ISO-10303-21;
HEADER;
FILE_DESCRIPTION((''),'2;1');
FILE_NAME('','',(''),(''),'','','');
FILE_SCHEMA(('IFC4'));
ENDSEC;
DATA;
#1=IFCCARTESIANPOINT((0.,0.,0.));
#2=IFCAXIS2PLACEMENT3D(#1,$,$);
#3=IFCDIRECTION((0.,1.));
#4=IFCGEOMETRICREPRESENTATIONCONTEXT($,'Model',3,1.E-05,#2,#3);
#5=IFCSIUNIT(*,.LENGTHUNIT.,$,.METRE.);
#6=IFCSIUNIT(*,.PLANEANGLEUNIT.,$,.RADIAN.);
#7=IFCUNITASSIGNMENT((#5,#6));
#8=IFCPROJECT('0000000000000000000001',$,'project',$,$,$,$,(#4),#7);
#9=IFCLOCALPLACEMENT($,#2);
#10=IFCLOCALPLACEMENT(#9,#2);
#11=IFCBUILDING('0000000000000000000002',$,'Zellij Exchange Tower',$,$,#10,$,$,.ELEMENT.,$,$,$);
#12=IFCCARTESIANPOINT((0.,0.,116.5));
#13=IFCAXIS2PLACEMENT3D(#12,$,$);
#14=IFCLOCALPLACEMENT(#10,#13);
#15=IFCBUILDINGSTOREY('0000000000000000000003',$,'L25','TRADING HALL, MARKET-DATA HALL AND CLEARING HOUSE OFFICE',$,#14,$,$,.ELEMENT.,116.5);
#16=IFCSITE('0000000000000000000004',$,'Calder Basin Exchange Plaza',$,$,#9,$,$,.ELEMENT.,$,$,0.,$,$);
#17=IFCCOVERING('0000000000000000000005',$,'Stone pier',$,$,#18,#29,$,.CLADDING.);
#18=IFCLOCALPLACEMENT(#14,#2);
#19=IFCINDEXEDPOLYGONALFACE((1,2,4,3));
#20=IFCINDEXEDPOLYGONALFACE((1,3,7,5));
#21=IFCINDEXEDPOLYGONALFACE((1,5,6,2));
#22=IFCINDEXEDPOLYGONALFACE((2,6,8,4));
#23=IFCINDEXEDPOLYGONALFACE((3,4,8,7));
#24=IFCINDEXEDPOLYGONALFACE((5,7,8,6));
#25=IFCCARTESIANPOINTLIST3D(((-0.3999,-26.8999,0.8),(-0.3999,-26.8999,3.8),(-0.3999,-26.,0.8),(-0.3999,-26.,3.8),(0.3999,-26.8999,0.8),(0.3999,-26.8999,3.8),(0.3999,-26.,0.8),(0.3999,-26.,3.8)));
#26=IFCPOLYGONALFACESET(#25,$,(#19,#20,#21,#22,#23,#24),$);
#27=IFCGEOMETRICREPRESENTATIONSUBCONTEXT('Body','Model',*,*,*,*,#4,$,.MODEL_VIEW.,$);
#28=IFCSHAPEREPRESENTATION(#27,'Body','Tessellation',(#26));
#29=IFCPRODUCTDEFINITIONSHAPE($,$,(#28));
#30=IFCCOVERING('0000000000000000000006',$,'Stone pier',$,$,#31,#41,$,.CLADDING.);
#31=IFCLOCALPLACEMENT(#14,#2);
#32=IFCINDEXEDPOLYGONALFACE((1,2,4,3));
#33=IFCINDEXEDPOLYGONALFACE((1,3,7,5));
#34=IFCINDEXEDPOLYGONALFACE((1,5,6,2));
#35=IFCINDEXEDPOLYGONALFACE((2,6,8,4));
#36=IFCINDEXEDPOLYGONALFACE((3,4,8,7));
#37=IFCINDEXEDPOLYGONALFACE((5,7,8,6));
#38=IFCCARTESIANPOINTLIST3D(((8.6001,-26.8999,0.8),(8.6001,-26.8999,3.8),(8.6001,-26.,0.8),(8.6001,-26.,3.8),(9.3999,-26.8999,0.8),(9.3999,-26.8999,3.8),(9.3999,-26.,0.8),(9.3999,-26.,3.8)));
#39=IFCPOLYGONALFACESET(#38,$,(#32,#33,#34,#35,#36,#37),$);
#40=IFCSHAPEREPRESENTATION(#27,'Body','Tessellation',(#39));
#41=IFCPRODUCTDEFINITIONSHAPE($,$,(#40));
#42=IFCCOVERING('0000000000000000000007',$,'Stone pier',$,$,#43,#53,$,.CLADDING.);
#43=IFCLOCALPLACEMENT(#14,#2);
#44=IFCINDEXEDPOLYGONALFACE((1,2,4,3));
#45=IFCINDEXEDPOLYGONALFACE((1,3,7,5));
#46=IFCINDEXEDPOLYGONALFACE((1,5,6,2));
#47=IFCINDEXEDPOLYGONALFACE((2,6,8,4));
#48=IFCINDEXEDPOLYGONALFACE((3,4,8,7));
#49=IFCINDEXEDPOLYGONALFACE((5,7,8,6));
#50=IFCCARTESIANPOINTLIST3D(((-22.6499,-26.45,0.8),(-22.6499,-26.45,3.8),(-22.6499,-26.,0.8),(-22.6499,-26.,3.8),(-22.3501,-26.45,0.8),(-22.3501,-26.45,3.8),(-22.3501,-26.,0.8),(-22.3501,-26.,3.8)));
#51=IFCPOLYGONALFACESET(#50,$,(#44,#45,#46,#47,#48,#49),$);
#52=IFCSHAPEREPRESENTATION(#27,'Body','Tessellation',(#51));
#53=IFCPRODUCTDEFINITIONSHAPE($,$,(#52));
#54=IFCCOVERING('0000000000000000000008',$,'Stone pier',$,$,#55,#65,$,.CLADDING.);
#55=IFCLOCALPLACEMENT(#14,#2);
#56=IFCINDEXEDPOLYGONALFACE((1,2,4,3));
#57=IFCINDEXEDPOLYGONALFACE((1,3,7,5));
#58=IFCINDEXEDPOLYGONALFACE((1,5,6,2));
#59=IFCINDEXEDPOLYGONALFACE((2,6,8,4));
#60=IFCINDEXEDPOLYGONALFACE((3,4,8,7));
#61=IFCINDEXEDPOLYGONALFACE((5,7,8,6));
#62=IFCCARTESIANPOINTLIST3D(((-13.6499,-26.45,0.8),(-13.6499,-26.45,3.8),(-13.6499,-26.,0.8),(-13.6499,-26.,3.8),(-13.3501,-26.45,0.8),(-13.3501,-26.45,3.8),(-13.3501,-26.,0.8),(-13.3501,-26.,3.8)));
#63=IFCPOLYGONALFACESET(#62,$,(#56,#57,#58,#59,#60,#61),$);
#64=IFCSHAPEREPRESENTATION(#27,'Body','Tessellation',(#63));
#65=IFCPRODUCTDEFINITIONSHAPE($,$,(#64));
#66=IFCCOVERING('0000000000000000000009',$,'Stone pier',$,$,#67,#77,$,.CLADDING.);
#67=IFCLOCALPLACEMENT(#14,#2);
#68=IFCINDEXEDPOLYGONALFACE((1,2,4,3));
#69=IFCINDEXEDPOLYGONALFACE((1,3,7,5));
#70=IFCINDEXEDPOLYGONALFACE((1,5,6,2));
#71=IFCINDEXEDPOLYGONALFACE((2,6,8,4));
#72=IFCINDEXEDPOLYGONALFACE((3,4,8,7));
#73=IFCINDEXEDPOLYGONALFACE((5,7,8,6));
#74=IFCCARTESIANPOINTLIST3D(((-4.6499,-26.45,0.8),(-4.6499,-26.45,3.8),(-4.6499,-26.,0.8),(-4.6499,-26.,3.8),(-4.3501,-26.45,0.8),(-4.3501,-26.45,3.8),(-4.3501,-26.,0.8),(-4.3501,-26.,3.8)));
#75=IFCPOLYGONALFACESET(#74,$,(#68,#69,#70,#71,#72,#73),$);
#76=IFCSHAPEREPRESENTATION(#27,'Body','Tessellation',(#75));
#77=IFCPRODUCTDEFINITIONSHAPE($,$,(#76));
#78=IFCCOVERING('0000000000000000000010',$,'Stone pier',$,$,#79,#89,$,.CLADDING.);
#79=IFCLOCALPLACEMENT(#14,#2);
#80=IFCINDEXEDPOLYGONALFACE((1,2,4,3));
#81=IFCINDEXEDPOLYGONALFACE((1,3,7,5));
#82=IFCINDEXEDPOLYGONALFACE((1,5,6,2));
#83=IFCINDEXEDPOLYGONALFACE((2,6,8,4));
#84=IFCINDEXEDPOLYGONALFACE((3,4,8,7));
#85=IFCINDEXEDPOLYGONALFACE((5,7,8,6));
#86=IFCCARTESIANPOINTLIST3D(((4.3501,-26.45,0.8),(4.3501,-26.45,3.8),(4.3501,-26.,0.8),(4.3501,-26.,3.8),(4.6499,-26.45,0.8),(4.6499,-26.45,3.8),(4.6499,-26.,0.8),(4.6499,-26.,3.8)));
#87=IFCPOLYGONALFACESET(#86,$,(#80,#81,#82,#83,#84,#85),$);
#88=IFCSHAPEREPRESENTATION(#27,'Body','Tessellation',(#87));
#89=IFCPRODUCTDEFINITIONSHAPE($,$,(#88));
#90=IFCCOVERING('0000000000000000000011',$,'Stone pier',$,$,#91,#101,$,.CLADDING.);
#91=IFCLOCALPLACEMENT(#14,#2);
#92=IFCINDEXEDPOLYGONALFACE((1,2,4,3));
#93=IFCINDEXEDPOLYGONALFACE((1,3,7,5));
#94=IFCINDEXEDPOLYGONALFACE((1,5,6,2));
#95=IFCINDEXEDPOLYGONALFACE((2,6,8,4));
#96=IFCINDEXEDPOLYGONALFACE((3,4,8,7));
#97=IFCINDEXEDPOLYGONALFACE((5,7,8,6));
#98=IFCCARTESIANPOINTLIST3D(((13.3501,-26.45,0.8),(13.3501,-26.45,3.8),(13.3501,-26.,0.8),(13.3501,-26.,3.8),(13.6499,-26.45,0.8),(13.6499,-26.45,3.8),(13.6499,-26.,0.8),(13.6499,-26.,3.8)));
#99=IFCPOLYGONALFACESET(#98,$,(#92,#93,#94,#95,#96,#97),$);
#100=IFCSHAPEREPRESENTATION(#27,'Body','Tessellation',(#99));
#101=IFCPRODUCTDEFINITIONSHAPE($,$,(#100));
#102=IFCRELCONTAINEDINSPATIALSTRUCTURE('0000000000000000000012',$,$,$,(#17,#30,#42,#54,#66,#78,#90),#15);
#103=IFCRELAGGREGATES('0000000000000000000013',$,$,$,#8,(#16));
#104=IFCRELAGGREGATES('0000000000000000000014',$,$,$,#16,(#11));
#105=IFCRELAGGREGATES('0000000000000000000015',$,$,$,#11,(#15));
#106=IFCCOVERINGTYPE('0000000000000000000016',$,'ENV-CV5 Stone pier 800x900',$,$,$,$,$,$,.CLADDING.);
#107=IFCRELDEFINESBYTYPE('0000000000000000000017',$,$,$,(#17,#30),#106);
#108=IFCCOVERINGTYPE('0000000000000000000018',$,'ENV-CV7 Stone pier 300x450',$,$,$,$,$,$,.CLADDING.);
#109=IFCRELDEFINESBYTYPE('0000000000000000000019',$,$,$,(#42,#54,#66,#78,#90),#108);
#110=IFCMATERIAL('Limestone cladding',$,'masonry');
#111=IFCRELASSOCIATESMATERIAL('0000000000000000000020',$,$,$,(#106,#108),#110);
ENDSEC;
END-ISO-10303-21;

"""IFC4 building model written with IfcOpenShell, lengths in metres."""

from ifc_helpers import new_model, si_unit, direction, frame, origin, place, context, subcontext, project, spatial, polyline, outline, extrude, material, type_object, element, save


model = new_model("IFC4")

# Units and contexts
model_context = context("Model", 3, precision=1e-05, world=origin(), true_north=direction((0.0, 1.0)))
body_context = subcontext(model_context, "Body", "Model", "MODEL_VIEW")
ifc_project = project(units=[si_unit("LENGTHUNIT", "METRE"), si_unit("PLANEANGLEUNIT", "RADIAN")], contexts=[model_context])

# Site, building, storey
site_placement = place(None, origin())
site = spatial("IfcSite", under=ifc_project, at=site_placement, Name="Calder Basin Exchange Plaza", CompositionType="ELEMENT", RefElevation=0.0)
building_placement = place(site_placement, origin())
building = spatial("IfcBuilding", under=site, at=building_placement, Name="Zellij Exchange Tower", CompositionType="ELEMENT")
storey_placement = place(building_placement, frame((0.0, 0.0, 116.5)))
storey = spatial("IfcBuildingStorey", under=building, at=storey_placement, Name="L25", Description="TRADING HALL, MARKET-DATA HALL AND CLEARING HOUSE OFFICE", CompositionType="ELEMENT", Elevation=116.5)

# Coverings
ifc_material_1 = material(Name="Limestone cladding", Category="masonry")
covering_type_1 = type_object("IfcCoveringType", Name="ENV-CV5 Stone pier 800x900", PredefinedType="CLADDING", material=ifc_material_1)
covering_1_placement = place(storey_placement, frame((0.0, 0.0, 0.8)))
element("IfcCovering", 1, at=covering_1_placement, inside=storey, type_object=covering_type_1, Name="Stone pier", PredefinedType="CLADDING", context=body_context, shape_type="SweptSolid", body=[
    extrude(outline(polyline([(-0.3999, -26.0), (0.3999, -26.0), (0.3999, -26.8999), (-0.3999, -26.8999), (-0.3999, -26.0)])), origin(), (0.0, 0.0, 1.0), 3.0),
])
covering_2_placement = place(storey_placement, frame((0.0, 0.0, 0.8)))
element("IfcCovering", 2, at=covering_2_placement, inside=storey, type_object=covering_type_1, Name="Stone pier", PredefinedType="CLADDING", context=body_context, shape_type="SweptSolid", body=[
    extrude(outline(polyline([(8.6001, -26.0), (9.3999, -26.0), (9.3999, -26.8999), (8.6001, -26.8999), (8.6001, -26.0)])), origin(), (0.0, 0.0, 1.0), 3.0),
])
covering_type_2 = type_object("IfcCoveringType", Name="ENV-CV7 Stone pier 300x450", PredefinedType="CLADDING", material=ifc_material_1)
covering_3_placement = place(storey_placement, frame((0.0, 0.0, 0.8)))
element("IfcCovering", 3, at=covering_3_placement, inside=storey, type_object=covering_type_2, Name="Stone pier", PredefinedType="CLADDING", context=body_context, shape_type="SweptSolid", body=[
    extrude(outline(polyline([(-22.6499, -26.0), (-22.3501, -26.0), (-22.3501, -26.45), (-22.6499, -26.45), (-22.6499, -26.0)])), origin(), (0.0, 0.0, 1.0), 3.0),
])
covering_4_placement = place(storey_placement, frame((0.0, 0.0, 0.8)))
element("IfcCovering", 4, at=covering_4_placement, inside=storey, type_object=covering_type_2, Name="Stone pier", PredefinedType="CLADDING", context=body_context, shape_type="SweptSolid", body=[
    extrude(outline(polyline([(-13.6499, -26.0), (-13.3501, -26.0), (-13.3501, -26.45), (-13.6499, -26.45), (-13.6499, -26.0)])), origin(), (0.0, 0.0, 1.0), 3.0),
])
covering_5_placement = place(storey_placement, frame((0.0, 0.0, 0.8)))
element("IfcCovering", 5, at=covering_5_placement, inside=storey, type_object=covering_type_2, Name="Stone pier", PredefinedType="CLADDING", context=body_context, shape_type="SweptSolid", body=[
    extrude(outline(polyline([(-4.6499, -26.0), (-4.3501, -26.0), (-4.3501, -26.45), (-4.6499, -26.45), (-4.6499, -26.0)])), origin(), (0.0, 0.0, 1.0), 3.0),
])
covering_6_placement = place(storey_placement, frame((0.0, 0.0, 0.8)))
element("IfcCovering", 6, at=covering_6_placement, inside=storey, type_object=covering_type_2, Name="Stone pier", PredefinedType="CLADDING", context=body_context, shape_type="SweptSolid", body=[
    extrude(outline(polyline([(4.3501, -26.0), (4.6499, -26.0), (4.6499, -26.45), (4.3501, -26.45), (4.3501, -26.0)])), origin(), (0.0, 0.0, 1.0), 3.0),
])
covering_7_placement = place(storey_placement, frame((0.0, 0.0, 0.8)))
element("IfcCovering", 7, at=covering_7_placement, inside=storey, type_object=covering_type_2, Name="Stone pier", PredefinedType="CLADDING", context=body_context, shape_type="SweptSolid", body=[
    extrude(outline(polyline([(13.3501, -26.0), (13.6499, -26.0), (13.6499, -26.45), (13.3501, -26.45), (13.3501, -26.0)])), origin(), (0.0, 0.0, 1.0), 3.0),
])

save(model, "model.ifc")
